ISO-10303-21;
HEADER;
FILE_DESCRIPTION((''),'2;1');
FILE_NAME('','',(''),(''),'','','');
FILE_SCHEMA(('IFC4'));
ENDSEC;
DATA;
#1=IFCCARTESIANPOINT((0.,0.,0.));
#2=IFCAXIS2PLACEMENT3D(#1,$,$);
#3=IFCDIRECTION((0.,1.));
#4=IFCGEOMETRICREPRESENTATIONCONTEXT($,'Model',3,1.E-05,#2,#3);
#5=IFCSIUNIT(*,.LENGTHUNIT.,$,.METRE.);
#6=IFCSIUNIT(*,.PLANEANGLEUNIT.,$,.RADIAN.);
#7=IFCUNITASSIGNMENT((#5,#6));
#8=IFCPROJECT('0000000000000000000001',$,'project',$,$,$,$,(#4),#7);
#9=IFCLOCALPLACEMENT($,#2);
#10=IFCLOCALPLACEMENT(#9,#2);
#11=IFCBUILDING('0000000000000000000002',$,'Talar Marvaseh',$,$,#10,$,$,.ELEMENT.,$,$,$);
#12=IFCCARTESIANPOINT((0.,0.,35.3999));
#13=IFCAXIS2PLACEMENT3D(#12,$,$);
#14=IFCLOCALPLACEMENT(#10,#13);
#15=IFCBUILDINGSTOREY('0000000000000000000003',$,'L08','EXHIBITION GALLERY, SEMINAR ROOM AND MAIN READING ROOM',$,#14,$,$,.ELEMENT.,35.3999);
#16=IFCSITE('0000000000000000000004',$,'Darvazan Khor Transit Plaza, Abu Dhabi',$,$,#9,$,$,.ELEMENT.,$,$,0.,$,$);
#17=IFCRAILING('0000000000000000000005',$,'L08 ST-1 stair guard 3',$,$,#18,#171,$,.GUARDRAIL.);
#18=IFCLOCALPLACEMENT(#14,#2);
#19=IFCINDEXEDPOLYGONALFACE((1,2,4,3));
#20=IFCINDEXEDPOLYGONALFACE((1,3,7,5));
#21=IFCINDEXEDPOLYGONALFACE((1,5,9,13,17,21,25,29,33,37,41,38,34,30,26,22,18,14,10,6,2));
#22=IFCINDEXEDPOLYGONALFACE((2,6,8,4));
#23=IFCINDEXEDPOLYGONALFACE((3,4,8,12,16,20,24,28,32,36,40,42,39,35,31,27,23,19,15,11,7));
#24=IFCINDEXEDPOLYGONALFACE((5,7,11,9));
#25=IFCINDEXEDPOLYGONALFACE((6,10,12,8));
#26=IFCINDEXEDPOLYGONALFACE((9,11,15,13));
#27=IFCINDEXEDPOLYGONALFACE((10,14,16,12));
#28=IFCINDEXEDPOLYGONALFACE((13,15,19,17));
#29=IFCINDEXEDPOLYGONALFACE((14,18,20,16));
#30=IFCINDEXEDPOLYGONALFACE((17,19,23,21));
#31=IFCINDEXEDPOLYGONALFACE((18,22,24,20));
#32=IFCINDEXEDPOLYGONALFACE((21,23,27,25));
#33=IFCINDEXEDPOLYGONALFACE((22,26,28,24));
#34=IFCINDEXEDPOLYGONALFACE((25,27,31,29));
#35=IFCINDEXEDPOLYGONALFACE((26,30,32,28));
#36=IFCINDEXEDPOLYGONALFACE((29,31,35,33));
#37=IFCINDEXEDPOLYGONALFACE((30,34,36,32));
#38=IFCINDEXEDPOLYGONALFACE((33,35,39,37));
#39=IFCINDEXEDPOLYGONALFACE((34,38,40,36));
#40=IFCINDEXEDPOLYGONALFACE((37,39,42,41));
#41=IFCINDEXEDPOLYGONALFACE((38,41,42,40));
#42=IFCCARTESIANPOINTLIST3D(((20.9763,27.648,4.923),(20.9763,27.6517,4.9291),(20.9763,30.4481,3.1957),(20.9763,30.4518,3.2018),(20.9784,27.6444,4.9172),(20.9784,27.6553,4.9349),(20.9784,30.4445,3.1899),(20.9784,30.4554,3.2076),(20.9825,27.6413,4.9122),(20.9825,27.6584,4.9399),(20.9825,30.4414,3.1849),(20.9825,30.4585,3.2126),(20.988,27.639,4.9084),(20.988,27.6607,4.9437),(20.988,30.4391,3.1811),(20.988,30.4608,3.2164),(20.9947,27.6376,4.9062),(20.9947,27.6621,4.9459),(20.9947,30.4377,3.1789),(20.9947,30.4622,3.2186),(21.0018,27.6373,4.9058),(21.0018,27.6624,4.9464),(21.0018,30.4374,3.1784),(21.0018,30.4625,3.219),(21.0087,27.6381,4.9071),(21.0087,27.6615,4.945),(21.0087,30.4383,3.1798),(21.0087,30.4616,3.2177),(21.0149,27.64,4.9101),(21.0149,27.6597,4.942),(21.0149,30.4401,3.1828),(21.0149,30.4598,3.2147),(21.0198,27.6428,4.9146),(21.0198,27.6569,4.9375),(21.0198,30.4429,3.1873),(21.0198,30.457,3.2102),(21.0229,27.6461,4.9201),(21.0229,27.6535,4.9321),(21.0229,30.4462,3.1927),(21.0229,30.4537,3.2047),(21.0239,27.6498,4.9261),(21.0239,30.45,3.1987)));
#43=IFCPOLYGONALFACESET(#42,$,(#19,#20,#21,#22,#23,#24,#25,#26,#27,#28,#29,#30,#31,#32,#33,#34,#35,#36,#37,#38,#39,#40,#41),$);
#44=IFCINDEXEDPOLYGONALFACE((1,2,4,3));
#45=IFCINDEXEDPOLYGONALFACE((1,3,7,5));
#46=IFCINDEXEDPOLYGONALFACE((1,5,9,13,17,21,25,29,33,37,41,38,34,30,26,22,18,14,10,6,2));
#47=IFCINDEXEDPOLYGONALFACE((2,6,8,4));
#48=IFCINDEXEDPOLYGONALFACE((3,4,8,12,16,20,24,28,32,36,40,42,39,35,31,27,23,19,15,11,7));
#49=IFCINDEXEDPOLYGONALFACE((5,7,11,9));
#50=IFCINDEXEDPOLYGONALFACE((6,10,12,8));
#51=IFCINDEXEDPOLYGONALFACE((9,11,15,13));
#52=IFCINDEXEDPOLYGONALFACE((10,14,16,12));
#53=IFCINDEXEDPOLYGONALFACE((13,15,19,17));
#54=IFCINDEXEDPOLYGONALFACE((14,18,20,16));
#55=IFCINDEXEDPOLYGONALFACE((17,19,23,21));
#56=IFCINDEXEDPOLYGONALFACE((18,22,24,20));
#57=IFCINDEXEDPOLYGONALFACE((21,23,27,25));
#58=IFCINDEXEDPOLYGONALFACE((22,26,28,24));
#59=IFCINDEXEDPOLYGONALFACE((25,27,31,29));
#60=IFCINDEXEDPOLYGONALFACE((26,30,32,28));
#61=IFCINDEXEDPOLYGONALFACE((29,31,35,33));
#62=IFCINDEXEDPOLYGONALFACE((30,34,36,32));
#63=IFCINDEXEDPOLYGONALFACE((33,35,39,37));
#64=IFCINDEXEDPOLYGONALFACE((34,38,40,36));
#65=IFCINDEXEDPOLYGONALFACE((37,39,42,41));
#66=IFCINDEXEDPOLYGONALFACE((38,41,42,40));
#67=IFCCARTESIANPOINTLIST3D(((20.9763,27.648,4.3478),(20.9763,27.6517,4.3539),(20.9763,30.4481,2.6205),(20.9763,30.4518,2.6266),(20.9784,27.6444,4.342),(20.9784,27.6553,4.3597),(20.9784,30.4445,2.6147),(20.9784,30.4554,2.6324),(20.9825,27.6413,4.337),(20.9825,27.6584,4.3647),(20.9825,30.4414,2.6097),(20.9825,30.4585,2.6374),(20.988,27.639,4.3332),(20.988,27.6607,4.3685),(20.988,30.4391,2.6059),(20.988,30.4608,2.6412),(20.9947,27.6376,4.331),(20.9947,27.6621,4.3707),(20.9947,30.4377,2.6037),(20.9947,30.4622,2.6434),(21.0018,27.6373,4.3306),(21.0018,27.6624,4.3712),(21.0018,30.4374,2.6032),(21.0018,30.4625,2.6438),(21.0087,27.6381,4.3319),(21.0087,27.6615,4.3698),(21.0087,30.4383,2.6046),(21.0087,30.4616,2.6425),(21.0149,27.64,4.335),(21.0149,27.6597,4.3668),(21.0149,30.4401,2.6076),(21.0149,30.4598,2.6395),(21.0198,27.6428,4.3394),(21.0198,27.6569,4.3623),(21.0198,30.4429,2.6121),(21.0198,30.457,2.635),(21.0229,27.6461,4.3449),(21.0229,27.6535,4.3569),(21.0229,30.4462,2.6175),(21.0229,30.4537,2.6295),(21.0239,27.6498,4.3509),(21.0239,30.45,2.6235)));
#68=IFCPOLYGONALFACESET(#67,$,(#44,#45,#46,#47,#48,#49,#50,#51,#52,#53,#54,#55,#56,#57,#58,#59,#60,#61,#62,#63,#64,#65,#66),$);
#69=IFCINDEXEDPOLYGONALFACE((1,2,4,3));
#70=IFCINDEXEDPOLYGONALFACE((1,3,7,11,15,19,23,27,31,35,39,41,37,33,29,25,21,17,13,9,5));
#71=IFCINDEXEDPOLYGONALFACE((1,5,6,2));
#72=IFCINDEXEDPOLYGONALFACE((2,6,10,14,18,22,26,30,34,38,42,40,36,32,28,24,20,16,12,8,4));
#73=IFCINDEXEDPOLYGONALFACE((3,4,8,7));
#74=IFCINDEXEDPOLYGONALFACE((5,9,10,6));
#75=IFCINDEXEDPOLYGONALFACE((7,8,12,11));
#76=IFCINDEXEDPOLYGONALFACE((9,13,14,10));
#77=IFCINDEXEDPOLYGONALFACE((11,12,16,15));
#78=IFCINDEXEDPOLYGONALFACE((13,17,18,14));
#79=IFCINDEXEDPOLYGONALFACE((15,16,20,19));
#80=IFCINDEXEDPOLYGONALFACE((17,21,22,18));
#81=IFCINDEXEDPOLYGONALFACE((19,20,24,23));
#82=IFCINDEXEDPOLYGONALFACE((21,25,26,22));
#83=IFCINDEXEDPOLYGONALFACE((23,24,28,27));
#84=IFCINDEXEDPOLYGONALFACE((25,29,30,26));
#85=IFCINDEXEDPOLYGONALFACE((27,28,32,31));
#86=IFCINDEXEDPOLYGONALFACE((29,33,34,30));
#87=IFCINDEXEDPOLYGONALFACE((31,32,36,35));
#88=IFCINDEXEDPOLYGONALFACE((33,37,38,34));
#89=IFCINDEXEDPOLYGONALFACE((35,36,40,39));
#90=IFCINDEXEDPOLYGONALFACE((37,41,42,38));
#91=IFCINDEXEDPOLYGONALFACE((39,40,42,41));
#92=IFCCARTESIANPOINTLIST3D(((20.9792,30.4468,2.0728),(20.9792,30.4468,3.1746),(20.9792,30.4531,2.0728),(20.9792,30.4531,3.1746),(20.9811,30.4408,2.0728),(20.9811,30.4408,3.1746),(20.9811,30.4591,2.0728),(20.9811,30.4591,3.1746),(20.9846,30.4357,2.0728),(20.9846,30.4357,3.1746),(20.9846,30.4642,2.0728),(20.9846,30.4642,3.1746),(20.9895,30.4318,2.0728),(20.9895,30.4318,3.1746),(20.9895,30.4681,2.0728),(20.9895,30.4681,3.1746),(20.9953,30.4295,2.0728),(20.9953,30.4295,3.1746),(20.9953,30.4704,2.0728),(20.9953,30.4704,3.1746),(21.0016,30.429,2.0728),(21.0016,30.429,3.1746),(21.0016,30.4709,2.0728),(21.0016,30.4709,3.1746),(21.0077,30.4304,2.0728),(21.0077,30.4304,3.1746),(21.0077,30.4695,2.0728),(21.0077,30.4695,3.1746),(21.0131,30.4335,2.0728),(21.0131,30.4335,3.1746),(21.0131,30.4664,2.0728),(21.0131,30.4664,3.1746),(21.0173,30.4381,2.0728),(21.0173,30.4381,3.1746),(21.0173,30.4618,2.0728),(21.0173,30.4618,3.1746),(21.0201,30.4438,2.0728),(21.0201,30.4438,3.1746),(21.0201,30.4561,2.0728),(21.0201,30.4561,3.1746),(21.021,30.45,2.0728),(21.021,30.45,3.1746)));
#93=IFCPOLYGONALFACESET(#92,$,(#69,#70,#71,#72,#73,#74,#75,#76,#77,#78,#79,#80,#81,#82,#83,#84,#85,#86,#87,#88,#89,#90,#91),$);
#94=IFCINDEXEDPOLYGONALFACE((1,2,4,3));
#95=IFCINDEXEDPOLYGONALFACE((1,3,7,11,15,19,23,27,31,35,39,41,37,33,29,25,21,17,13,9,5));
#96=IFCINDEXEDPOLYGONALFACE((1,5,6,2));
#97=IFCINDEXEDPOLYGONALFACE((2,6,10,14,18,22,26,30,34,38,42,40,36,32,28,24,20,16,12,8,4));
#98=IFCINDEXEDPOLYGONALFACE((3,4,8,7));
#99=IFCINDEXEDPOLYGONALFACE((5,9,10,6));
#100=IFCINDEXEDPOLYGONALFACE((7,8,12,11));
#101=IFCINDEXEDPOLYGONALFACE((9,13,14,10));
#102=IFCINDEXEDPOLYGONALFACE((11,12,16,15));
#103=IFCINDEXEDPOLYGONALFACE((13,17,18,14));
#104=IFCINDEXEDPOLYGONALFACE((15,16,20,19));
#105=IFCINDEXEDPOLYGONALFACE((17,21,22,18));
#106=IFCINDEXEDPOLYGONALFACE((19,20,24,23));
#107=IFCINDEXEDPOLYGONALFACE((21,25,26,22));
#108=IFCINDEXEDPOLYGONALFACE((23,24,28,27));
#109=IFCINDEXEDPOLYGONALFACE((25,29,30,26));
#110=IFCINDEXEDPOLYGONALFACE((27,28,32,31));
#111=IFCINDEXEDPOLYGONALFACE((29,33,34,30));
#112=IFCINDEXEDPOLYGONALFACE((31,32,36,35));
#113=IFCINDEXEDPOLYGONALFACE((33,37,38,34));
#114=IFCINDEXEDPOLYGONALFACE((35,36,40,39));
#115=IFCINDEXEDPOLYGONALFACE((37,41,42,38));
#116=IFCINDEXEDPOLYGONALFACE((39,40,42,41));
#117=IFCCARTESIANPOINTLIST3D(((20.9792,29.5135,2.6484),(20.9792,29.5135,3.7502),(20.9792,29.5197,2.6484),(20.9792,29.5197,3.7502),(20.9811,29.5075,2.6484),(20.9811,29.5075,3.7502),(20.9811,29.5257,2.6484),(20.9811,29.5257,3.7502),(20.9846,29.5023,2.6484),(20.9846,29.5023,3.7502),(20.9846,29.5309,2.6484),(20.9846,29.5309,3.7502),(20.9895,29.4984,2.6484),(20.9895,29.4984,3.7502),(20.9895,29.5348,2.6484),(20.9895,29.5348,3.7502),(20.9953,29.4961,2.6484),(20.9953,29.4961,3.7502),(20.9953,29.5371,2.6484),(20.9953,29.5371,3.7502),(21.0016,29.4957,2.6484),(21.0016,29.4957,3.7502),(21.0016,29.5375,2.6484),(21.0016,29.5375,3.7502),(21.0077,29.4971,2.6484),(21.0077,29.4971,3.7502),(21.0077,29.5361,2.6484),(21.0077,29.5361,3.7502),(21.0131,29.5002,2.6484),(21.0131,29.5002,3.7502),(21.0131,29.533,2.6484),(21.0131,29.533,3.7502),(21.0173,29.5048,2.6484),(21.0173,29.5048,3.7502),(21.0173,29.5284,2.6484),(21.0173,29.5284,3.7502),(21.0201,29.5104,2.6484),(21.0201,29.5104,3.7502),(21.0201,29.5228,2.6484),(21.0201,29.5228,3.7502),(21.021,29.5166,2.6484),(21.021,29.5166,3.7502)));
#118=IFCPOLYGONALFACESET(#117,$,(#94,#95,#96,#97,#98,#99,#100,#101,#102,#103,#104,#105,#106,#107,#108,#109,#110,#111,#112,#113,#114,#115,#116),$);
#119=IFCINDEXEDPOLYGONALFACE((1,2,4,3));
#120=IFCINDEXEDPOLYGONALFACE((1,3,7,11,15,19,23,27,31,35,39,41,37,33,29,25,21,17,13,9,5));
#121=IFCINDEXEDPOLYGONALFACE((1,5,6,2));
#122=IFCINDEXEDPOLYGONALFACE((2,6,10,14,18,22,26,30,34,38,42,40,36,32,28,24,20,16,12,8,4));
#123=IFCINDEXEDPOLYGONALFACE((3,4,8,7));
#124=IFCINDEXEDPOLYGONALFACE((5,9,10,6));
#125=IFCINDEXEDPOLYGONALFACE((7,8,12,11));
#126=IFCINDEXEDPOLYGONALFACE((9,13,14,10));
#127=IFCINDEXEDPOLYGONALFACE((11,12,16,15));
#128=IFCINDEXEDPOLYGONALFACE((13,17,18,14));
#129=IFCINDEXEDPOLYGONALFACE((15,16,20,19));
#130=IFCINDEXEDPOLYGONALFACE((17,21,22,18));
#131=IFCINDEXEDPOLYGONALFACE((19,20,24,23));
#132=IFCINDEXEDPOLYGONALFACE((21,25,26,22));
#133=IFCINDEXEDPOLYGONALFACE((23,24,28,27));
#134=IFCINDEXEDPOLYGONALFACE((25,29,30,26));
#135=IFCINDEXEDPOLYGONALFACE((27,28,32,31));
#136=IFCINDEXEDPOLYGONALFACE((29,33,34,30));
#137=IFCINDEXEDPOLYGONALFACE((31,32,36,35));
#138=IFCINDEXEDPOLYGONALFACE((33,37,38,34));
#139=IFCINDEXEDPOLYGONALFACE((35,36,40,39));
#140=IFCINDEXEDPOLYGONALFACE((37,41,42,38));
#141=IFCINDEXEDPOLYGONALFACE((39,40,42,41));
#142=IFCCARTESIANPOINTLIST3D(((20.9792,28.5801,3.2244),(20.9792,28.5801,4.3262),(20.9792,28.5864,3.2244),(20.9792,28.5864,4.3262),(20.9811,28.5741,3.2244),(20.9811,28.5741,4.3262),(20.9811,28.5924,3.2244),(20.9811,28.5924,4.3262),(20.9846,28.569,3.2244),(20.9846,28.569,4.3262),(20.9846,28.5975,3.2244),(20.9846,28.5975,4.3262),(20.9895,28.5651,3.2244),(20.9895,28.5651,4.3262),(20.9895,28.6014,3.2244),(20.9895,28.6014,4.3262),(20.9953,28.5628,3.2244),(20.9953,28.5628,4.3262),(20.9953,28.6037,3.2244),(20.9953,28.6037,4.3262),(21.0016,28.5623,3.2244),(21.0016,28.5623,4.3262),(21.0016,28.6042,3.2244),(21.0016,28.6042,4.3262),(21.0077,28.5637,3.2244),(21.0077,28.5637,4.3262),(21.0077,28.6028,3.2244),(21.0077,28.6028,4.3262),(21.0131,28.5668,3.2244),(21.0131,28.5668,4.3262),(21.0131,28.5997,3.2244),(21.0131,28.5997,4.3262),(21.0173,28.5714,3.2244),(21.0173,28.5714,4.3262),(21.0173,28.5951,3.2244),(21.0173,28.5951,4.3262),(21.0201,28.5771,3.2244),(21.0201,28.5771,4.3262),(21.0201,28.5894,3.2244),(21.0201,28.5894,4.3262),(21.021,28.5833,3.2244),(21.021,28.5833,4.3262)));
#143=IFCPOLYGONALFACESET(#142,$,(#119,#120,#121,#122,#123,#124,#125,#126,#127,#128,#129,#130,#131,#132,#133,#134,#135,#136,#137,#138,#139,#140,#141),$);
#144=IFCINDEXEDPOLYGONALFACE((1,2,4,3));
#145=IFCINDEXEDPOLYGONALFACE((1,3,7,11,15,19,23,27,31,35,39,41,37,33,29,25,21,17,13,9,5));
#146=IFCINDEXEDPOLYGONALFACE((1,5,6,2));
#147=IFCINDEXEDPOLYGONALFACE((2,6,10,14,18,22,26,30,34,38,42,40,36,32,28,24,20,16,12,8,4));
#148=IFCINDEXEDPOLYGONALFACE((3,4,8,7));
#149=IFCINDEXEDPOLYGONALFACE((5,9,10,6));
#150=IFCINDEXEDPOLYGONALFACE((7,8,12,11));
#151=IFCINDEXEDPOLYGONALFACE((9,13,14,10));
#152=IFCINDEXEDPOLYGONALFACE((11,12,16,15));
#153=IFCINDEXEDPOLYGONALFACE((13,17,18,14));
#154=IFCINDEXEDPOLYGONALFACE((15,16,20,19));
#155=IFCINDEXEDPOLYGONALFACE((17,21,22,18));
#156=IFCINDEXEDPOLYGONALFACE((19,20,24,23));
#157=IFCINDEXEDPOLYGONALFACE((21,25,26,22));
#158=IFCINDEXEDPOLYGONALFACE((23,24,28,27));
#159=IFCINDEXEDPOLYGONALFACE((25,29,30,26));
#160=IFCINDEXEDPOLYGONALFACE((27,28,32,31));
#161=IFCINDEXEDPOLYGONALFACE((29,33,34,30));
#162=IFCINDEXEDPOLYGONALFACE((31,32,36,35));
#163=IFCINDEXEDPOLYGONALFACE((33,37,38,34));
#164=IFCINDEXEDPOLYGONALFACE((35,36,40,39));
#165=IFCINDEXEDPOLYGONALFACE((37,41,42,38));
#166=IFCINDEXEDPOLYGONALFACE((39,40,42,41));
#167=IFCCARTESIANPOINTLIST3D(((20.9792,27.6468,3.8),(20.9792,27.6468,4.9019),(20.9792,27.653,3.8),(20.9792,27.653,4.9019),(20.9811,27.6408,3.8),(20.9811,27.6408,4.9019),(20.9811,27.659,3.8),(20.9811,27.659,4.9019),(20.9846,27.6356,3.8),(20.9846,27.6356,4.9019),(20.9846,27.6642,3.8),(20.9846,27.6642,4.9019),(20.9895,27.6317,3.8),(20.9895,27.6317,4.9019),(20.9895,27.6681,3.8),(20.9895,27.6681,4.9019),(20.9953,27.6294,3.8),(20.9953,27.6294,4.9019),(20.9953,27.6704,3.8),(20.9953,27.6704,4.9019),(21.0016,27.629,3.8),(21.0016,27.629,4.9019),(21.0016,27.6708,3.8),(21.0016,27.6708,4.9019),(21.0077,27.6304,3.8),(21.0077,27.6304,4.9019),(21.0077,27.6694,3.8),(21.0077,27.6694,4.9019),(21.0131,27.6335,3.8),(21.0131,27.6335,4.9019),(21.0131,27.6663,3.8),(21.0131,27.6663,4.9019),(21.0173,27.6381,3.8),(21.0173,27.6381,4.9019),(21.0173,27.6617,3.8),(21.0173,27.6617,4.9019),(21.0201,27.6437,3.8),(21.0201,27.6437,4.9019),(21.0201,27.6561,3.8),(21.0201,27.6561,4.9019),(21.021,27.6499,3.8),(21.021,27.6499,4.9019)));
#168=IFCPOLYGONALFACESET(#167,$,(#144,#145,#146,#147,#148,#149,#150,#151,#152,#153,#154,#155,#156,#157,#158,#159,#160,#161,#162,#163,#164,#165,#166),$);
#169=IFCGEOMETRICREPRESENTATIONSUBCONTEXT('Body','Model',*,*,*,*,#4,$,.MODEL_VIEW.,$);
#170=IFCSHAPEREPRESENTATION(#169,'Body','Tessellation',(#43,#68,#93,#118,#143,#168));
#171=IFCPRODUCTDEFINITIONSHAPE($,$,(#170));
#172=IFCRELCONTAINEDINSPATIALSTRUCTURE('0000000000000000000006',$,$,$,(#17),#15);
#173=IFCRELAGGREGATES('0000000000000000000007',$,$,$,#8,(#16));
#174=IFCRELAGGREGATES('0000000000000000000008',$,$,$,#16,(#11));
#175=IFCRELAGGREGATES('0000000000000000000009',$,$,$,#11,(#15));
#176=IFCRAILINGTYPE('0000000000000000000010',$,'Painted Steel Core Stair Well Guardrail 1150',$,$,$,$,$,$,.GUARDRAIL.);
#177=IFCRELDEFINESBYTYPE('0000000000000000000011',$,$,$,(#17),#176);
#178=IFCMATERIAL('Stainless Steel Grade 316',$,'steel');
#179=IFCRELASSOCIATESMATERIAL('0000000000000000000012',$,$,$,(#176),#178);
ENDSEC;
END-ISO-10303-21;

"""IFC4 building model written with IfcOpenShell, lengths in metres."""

from ifc_helpers import new_model, si_unit, direction, frame, origin, origin_2d, place, context, subcontext, project, spatial, circle, extrude, material, type_object, element, save


model = new_model("IFC4")

# Units and contexts
model_context = context("Model", 3, precision=1e-05, world=origin(), true_north=direction((0.0, 1.0)))
body_context = subcontext(model_context, "Body", "Model", "MODEL_VIEW")
ifc_project = project(units=[si_unit("LENGTHUNIT", "METRE"), si_unit("PLANEANGLEUNIT", "RADIAN")], contexts=[model_context])

# Site, building, storey
site_placement = place(None, origin())
site = spatial("IfcSite", under=ifc_project, at=site_placement, Name="Darvazan Khor Transit Plaza, Abu Dhabi", CompositionType="ELEMENT", RefElevation=0.0)
building_placement = place(site_placement, origin())
building = spatial("IfcBuilding", under=site, at=building_placement, Name="Talar Marvaseh", CompositionType="ELEMENT")
storey_placement = place(building_placement, frame((0.0, 0.0, 35.3999)))
storey = spatial("IfcBuildingStorey", under=building, at=storey_placement, Name="L08", Description="EXHIBITION GALLERY, SEMINAR ROOM AND MAIN READING ROOM", CompositionType="ELEMENT", Elevation=35.3999)

# Railing
ifc_material_1 = material(Name="Stainless Steel Grade 316", Category="steel")
railing_type_1 = type_object("IfcRailingType", Name="Painted Steel Core Stair Well Guardrail 1150", PredefinedType="GUARDRAIL", material=ifc_material_1)
railing_1_placement = place(storey_placement, frame((21.0, 30.45, 2.0728)))
element("IfcRailing", 1, at=railing_1_placement, inside=storey, type_object=railing_type_1, Name="L08 ST-1 stair guard 3", PredefinedType="GUARDRAIL", context=body_context, shape_type="SweptSolid", body=[
    extrude(circle(Radius=0.0239, at=origin_2d()), frame((0.0, 0.0, 1.126), z_axis=(0.0, -0.85109, 0.52502), x_axis=(1.0, 0.0, 0.0)), (0.0, 0.0, 1.0), 3.29),
    extrude(circle(Radius=0.0239, at=origin_2d()), frame((0.0, 0.0, 0.5508), z_axis=(0.0, -0.85109, 0.52502), x_axis=(1.0, 0.0, 0.0)), (0.0, 0.0, 1.0), 3.29),
    extrude(circle(Radius=0.021, at=origin_2d()), origin(), (0.0, 0.0, 1.0), 1.1018),
    extrude(circle(Radius=0.021, at=origin_2d()), frame((0.0, -0.9333, 0.5757)), (0.0, 0.0, 1.0), 1.1018),
    extrude(circle(Radius=0.021, at=origin_2d()), frame((0.0, -1.8667, 1.1516)), (0.0, 0.0, 1.0), 1.1018),
    extrude(circle(Radius=0.021, at=origin_2d()), frame((0.0, -2.8, 1.7273)), (0.0, 0.0, 1.0), 1.1018),
])

save(model, "model.ifc")
